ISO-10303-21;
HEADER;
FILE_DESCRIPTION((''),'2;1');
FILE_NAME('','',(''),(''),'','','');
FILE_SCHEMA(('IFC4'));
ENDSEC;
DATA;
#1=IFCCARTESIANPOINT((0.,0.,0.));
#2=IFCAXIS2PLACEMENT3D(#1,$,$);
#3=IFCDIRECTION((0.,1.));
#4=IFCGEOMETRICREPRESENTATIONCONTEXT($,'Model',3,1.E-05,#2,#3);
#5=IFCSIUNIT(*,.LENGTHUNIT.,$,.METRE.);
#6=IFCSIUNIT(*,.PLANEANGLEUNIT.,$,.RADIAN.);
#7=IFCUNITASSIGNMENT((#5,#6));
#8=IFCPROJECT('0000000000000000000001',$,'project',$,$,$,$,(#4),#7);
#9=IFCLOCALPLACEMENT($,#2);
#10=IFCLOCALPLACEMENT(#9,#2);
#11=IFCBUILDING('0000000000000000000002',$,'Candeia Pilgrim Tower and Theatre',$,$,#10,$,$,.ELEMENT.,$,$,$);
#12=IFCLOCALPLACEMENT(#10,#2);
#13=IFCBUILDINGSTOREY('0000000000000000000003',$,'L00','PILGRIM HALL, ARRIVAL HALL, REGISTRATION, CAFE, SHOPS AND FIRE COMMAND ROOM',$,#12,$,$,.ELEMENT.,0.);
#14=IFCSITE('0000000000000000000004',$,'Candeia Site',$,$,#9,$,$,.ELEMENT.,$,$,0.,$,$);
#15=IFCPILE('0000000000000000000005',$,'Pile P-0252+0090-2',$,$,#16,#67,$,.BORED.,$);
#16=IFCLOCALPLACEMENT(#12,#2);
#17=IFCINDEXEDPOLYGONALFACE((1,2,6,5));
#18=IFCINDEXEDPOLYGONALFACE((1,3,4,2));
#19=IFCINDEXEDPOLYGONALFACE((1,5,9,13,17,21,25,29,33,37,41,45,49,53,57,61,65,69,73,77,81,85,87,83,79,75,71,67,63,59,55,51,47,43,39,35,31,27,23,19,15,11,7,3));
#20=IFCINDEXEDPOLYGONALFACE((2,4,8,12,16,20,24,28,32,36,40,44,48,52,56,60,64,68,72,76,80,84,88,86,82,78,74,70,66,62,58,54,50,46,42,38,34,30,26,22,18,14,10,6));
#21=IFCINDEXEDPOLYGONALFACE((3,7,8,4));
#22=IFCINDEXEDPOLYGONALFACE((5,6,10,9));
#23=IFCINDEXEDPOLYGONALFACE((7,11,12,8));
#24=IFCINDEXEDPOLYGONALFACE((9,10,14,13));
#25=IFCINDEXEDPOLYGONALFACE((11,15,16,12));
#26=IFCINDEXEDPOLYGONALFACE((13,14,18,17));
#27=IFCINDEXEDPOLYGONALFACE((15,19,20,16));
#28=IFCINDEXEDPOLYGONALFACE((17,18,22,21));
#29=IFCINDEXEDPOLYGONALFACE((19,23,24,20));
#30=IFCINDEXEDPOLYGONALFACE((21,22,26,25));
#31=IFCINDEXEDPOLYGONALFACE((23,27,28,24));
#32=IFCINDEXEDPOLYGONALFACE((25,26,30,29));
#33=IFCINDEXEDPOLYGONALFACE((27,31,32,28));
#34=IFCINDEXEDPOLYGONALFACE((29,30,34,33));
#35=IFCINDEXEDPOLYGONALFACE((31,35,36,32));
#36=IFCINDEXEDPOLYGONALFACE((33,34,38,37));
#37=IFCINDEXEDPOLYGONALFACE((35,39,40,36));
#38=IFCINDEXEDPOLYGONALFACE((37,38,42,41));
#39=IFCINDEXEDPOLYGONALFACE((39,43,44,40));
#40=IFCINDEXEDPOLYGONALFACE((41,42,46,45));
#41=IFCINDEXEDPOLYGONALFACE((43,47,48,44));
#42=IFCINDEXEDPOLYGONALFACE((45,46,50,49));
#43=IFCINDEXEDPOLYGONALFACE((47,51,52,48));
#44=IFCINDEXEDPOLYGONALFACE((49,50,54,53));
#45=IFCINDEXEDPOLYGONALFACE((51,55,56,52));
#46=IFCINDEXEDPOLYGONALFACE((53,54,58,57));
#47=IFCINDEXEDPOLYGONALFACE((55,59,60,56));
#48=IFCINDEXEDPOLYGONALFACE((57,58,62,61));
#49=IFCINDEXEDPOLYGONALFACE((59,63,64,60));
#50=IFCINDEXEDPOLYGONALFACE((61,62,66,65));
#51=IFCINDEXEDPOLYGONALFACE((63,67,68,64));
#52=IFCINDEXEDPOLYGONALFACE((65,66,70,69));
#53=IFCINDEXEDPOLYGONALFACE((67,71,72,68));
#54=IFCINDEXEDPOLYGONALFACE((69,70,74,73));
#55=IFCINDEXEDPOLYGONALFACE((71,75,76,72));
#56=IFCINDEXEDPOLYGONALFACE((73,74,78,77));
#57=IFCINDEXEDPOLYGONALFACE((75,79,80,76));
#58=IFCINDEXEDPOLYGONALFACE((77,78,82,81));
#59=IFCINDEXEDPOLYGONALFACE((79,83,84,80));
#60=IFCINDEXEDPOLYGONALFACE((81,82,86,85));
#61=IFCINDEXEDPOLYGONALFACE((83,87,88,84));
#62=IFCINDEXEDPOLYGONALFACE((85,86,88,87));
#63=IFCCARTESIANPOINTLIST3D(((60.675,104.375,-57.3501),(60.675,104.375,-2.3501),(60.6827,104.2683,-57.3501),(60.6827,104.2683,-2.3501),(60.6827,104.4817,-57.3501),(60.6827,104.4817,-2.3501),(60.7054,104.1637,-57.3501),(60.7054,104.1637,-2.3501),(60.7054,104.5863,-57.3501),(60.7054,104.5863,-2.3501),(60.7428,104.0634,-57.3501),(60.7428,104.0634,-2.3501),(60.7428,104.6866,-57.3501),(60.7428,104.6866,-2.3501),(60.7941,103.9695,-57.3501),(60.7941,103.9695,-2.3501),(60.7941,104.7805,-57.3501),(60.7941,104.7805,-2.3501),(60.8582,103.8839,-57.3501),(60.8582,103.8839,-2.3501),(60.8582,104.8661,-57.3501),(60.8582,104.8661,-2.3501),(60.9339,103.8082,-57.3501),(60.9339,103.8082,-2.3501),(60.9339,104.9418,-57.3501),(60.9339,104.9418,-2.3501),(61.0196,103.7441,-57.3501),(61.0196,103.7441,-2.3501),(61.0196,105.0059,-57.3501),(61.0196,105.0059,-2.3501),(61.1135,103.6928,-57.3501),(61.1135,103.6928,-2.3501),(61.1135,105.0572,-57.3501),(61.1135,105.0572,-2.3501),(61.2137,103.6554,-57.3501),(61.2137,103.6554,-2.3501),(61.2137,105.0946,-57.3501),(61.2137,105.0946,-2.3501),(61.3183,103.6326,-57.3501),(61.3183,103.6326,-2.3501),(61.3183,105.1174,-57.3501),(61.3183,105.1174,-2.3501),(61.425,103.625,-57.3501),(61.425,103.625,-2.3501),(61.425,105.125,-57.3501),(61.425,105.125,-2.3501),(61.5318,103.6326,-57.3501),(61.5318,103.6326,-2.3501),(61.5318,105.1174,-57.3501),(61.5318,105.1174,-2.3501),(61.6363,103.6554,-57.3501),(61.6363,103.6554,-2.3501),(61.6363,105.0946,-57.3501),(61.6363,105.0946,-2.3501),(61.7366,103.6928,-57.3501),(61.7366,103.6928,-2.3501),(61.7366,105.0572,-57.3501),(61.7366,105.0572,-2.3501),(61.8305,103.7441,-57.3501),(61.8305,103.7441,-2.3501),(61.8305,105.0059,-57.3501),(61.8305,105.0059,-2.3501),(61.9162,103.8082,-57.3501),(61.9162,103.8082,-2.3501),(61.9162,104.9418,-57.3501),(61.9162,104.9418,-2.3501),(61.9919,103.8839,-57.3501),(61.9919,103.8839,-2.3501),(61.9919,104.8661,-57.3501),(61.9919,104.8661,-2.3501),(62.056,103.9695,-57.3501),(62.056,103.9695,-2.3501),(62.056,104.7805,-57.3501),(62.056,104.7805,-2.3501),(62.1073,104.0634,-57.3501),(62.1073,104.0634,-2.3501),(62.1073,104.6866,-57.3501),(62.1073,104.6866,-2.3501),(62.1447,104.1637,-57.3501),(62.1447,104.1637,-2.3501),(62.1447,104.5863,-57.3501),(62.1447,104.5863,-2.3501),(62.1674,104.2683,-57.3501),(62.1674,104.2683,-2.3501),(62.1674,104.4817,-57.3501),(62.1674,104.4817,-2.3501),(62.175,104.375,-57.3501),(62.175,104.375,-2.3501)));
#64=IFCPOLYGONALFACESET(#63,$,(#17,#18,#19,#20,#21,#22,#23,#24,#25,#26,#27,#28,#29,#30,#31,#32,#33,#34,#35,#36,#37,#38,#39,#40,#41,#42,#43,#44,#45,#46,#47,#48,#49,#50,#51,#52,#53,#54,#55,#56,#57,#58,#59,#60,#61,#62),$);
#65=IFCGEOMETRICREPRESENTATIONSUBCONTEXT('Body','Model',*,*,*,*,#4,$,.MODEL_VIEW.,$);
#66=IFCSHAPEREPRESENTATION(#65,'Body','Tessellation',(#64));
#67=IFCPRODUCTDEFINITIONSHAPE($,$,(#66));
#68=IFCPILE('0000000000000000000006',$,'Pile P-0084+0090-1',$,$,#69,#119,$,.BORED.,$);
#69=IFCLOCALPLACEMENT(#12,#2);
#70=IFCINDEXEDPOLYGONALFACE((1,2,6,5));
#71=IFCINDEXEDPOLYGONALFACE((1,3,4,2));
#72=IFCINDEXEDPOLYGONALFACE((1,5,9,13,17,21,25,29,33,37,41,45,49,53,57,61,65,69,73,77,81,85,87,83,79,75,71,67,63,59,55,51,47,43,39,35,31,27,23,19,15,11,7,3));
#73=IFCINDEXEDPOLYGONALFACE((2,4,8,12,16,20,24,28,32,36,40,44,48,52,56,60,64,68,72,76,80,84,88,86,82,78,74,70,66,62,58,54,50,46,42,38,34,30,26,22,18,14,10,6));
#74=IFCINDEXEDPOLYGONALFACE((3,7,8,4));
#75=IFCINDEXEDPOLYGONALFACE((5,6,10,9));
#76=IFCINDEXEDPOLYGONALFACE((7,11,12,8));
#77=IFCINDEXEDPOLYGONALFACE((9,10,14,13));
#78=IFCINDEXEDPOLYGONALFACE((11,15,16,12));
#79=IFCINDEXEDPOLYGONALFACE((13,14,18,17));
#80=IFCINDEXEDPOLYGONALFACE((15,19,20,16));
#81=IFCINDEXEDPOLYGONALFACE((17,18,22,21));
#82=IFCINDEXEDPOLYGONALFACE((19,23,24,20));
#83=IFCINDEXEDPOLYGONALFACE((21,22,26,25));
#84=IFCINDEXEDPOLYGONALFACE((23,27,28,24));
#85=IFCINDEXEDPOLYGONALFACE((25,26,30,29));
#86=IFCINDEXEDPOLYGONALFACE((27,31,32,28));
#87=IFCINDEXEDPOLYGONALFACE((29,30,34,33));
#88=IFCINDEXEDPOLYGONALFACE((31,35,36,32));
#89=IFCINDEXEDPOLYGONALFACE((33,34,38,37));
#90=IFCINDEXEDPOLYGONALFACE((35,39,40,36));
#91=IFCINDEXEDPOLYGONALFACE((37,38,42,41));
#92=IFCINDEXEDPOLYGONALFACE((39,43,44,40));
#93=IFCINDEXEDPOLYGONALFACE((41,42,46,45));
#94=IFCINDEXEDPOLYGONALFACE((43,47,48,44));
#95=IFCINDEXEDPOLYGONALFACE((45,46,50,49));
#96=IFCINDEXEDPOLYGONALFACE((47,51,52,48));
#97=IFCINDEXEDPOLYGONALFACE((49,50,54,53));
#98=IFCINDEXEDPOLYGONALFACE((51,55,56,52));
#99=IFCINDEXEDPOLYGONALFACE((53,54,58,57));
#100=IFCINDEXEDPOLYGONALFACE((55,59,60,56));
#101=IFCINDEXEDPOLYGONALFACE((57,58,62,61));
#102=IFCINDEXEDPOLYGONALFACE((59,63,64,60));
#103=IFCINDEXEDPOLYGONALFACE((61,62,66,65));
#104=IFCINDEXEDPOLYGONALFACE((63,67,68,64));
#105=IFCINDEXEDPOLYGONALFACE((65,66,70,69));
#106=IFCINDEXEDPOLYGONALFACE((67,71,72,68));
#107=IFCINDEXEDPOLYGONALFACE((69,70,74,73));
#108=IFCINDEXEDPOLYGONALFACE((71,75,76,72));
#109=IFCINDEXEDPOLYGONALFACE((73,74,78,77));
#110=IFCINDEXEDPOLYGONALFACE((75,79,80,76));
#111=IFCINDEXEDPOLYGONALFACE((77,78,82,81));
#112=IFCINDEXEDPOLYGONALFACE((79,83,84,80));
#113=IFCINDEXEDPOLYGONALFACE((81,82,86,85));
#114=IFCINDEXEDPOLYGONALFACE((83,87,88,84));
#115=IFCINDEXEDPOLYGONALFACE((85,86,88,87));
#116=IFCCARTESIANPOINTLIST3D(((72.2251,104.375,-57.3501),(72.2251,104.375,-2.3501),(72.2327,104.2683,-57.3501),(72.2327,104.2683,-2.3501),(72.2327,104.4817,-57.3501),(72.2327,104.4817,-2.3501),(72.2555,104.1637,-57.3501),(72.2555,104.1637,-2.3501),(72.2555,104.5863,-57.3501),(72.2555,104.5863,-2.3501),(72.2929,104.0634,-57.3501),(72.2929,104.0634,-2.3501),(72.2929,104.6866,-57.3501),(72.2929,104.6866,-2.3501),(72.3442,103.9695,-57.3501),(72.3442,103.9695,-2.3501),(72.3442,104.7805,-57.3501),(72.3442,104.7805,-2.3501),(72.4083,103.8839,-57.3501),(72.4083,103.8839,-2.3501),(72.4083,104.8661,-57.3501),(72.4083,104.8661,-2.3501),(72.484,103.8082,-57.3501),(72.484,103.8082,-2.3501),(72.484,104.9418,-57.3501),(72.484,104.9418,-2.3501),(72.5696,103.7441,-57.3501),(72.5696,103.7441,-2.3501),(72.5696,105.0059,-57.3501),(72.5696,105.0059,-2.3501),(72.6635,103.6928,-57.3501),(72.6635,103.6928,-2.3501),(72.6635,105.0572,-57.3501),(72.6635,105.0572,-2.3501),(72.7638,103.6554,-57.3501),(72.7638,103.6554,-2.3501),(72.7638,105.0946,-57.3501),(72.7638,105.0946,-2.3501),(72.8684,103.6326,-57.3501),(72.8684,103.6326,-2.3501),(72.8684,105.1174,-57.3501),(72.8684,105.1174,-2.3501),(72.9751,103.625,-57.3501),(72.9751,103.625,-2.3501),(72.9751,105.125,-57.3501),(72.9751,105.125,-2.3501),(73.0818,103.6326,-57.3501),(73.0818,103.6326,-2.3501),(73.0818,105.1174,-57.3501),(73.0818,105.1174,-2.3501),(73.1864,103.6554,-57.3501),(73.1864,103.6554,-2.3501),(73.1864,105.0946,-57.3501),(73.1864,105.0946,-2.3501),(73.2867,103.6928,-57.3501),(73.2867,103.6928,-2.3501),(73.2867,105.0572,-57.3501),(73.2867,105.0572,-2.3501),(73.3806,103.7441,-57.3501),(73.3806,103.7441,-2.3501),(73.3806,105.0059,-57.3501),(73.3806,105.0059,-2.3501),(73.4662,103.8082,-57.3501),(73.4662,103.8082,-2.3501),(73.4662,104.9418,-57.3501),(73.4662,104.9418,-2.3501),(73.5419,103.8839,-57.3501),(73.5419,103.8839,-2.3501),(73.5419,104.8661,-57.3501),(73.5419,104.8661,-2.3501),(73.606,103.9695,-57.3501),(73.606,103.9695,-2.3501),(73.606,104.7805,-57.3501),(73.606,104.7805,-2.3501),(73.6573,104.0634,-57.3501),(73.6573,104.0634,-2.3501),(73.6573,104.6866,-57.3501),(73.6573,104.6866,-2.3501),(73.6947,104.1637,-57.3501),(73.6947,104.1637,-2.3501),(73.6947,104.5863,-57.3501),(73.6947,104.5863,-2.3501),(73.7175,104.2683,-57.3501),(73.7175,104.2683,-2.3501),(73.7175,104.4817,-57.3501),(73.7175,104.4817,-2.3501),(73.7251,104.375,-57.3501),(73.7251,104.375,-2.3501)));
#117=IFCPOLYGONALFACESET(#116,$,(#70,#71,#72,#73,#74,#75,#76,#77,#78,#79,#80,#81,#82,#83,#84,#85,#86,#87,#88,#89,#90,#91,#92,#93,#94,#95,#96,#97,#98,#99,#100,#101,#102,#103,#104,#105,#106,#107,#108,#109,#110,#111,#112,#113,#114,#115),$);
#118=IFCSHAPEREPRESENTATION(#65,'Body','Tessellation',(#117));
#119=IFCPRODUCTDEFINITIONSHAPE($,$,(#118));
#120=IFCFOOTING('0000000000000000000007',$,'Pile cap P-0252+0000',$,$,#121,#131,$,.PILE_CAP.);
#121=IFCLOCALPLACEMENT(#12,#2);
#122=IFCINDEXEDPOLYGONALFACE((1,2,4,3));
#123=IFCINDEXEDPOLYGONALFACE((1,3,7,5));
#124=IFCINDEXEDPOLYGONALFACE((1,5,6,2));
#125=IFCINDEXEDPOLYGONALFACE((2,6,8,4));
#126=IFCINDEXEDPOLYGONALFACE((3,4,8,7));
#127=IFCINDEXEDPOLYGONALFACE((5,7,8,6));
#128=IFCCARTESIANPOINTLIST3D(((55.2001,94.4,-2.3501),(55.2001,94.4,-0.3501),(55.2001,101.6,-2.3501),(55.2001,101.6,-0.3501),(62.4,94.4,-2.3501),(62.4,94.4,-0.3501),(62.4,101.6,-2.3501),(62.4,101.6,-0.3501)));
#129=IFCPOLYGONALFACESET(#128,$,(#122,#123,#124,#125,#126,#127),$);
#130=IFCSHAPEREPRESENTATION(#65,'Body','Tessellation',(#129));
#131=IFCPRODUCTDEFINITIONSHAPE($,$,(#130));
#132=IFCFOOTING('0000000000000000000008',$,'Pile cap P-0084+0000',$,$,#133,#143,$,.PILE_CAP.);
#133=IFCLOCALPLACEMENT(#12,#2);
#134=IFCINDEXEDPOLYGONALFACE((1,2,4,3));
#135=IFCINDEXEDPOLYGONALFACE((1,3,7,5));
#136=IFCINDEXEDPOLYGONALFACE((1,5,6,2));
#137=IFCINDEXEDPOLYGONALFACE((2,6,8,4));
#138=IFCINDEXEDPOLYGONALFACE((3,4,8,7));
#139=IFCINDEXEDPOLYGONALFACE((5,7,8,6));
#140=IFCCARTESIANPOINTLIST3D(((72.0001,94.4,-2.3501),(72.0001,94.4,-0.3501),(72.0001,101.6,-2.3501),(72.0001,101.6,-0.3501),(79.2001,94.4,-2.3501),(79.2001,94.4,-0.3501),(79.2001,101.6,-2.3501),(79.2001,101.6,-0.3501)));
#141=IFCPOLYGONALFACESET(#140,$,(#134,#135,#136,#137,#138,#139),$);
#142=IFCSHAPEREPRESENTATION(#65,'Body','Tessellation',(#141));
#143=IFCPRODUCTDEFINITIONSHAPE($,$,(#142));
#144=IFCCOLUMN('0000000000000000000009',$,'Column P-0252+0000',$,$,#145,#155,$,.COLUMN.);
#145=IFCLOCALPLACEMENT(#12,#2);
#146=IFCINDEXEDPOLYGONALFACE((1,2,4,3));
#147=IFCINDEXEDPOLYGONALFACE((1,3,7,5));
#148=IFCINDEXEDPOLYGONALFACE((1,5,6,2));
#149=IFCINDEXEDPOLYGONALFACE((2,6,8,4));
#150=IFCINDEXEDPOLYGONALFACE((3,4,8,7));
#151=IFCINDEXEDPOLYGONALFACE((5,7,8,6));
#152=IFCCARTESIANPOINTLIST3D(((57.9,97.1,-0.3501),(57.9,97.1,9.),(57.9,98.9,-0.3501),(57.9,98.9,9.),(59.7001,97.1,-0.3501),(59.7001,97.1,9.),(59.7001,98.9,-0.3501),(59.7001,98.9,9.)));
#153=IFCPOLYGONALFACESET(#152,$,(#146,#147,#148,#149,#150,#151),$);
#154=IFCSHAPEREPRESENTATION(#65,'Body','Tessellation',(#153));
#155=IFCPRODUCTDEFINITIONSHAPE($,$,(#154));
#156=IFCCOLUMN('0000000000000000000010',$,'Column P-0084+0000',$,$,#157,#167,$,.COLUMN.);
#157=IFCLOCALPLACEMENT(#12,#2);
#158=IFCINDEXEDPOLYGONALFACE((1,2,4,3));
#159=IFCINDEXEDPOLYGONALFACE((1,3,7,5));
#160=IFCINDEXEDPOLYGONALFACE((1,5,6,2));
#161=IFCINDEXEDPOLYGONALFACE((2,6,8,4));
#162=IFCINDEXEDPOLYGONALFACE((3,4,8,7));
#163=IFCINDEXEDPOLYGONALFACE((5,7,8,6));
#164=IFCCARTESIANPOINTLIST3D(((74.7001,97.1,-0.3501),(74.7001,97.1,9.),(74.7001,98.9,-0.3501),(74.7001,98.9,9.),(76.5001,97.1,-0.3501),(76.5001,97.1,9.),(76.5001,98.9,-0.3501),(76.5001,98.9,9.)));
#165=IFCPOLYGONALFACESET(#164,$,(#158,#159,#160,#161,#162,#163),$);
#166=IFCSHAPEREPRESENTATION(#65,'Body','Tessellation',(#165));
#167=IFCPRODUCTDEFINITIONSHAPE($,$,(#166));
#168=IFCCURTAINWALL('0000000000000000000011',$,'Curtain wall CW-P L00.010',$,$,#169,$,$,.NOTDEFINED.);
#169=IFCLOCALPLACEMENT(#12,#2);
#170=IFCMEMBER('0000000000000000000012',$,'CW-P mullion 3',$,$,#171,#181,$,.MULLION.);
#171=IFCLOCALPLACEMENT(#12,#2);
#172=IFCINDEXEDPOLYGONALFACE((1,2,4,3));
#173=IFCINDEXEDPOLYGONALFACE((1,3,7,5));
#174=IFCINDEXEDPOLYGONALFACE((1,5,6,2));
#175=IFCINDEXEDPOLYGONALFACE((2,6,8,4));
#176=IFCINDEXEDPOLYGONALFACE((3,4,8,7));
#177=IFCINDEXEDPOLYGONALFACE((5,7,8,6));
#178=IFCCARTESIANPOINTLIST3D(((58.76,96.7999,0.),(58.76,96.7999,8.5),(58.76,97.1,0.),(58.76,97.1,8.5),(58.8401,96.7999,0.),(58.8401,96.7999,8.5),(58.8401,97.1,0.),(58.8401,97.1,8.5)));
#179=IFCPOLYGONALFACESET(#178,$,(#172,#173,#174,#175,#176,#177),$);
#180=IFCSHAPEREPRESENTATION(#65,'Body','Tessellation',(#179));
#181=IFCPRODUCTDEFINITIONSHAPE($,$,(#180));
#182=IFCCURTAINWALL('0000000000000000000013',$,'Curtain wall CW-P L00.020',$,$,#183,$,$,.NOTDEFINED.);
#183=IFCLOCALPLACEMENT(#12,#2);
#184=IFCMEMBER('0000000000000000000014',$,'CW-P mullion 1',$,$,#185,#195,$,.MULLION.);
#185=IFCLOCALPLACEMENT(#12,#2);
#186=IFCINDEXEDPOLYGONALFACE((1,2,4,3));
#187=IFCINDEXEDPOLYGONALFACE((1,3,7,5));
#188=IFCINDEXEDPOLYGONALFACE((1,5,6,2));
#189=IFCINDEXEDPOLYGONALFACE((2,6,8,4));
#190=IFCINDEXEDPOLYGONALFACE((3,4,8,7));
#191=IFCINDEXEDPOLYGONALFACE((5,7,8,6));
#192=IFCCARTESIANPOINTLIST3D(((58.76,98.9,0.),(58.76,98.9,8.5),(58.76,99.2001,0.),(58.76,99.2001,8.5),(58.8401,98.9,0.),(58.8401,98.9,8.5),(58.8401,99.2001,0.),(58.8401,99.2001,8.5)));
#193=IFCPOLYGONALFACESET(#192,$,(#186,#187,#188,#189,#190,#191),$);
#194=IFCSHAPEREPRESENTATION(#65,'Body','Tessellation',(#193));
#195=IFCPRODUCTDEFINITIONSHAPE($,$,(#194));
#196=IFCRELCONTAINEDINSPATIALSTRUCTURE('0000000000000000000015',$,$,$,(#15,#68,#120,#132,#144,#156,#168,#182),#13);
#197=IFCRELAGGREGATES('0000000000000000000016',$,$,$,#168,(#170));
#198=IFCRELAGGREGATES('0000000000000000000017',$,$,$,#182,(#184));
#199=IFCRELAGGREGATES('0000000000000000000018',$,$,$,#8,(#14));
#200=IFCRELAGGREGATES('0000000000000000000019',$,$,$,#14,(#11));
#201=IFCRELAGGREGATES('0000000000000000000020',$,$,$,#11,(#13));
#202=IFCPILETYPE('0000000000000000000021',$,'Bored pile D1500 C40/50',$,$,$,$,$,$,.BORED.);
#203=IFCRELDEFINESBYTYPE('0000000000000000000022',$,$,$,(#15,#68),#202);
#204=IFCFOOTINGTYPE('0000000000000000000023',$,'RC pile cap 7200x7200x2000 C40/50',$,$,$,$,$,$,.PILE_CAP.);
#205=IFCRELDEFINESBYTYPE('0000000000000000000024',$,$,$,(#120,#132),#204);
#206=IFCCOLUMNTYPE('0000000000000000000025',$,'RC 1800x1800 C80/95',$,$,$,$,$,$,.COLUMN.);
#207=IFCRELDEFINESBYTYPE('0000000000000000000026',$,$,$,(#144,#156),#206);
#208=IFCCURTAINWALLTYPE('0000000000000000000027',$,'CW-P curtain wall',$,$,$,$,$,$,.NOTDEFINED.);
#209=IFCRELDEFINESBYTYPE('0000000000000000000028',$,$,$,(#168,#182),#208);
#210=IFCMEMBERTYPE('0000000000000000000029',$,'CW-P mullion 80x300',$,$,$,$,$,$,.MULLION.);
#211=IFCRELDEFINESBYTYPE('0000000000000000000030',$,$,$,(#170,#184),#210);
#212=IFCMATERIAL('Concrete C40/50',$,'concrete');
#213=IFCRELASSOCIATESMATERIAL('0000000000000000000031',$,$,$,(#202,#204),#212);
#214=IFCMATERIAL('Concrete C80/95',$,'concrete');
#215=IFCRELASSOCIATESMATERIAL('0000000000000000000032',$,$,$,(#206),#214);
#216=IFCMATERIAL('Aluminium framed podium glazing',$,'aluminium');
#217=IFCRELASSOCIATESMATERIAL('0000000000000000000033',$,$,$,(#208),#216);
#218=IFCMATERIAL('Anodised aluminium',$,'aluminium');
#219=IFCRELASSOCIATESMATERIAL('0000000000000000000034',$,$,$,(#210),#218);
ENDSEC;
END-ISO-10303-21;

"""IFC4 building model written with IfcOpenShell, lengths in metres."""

from ifc_helpers import new_model, si_unit, direction, frame, origin, origin_2d, place, context, subcontext, project, spatial, rectangle, circle, extrude, material, material_profile, profile_set, type_object, element, aggregate, save


model = new_model("IFC4")

# Units and contexts
model_context = context("Model", 3, precision=1e-05, world=origin(), true_north=direction((0.0, 1.0)))
body_context = subcontext(model_context, "Body", "Model", "MODEL_VIEW")
ifc_project = project(units=[si_unit("LENGTHUNIT", "METRE"), si_unit("PLANEANGLEUNIT", "RADIAN")], contexts=[model_context])

# Site, building, storey
site_placement = place(None, origin())
site = spatial("IfcSite", under=ifc_project, at=site_placement, Name="Candeia Site", CompositionType="ELEMENT", RefElevation=0.0)
building_placement = place(site_placement, origin())
building = spatial("IfcBuilding", under=site, at=building_placement, Name="Candeia Pilgrim Tower and Theatre", CompositionType="ELEMENT")
storey_placement = place(building_placement, origin())
storey = spatial("IfcBuildingStorey", under=building, at=storey_placement, Name="L00", Description="PILGRIM HALL, ARRIVAL HALL, REGISTRATION, CAFE, SHOPS AND FIRE COMMAND ROOM", CompositionType="ELEMENT", Elevation=0.0)

# Piles
ifc_material_1 = material(Name="Concrete C40/50", Category="concrete")
ifc_material_profile_1 = material_profile(ifc_material_1, circle(Radius=0.75, at=origin_2d()))
ifc_profile_set_1 = profile_set([ifc_material_profile_1], Name="Concrete C40/50")
pile_type = type_object("IfcPileType", Name="Bored pile D1500 C40/50", PredefinedType="BORED", material=ifc_profile_set_1)
for number, where, z_axis, x_axis, name in (
    (1, (61.425, 104.375, -2.3501), (0.0, 0.0, -1.0), (1.0, 0.0, 0.0), "Pile P-0252+0090-2"),
    (2, (72.9751, 104.375, -2.3501), (0.0, 0.0, -1.0), (1.0, 0.0, 0.0), "Pile P-0084+0090-1"),
):
    element("IfcPile", number, at=place(storey_placement, frame(where, z_axis=z_axis, x_axis=x_axis)), inside=storey, type_object=pile_type, Name=name, PredefinedType="BORED", context=body_context, shape_type="SweptSolid", body=[
        extrude(circle(Radius=0.75, at=origin_2d()), origin(), (0.0, 0.0, 1.0), 55.0),
    ])

# Footings
footing_type = type_object("IfcFootingType", Name="RC pile cap 7200x7200x2000 C40/50", PredefinedType="PILE_CAP", material=ifc_material_1)
for number, where, z_axis, x_axis, name in (
    (3, (58.8, 98.0, -2.3501), (0.0, 0.0, 1.0), (1.0, 0.0, 0.0), "Pile cap P-0252+0000"),
    (4, (75.6001, 98.0, -2.3501), (0.0, 0.0, 1.0), (1.0, 0.0, 0.0), "Pile cap P-0084+0000"),
):
    element("IfcFooting", number, at=place(storey_placement, frame(where, z_axis=z_axis, x_axis=x_axis)), inside=storey, type_object=footing_type, Name=name, PredefinedType="PILE_CAP", context=body_context, shape_type="SweptSolid", body=[
        extrude(rectangle(XDim=7.2, YDim=7.2, at=origin_2d()), origin(), (0.0, 0.0, 1.0), 2.0),
    ])

# Columns
ifc_material_2 = material(Name="Concrete C80/95", Category="concrete")
ifc_material_profile_2 = material_profile(ifc_material_2, rectangle(XDim=1.8, YDim=1.8, at=origin_2d()))
ifc_profile_set_2 = profile_set([ifc_material_profile_2], Name="Concrete C80/95")
column_type = type_object("IfcColumnType", Name="RC 1800x1800 C80/95", PredefinedType="COLUMN", material=ifc_profile_set_2)
for number, where, z_axis, x_axis, name in (
    (5, (58.8, 98.0, -0.3501), (0.0, 0.0, 1.0), (1.0, 0.0, 0.0), "Column P-0252+0000"),
    (6, (75.6001, 98.0, -0.3501), (0.0, 0.0, 1.0), (1.0, 0.0, 0.0), "Column P-0084+0000"),
):
    element("IfcColumn", number, at=place(storey_placement, frame(where, z_axis=z_axis, x_axis=x_axis)), inside=storey, type_object=column_type, Name=name, PredefinedType="COLUMN", context=body_context, shape_type="SweptSolid", body=[
        extrude(rectangle(XDim=1.8, YDim=1.8, at=origin_2d()), origin(), (0.0, 0.0, 1.0), 9.3501),
    ])

# Curtain walls, members
ifc_material_3 = material(Name="Aluminium framed podium glazing", Category="aluminium")
curtain_wall_type = type_object("IfcCurtainWallType", Name="CW-P curtain wall", PredefinedType="NOTDEFINED", material=ifc_material_3)
curtain_wall_1_placement = place(storey_placement, origin())
curtain_wall_1 = element("IfcCurtainWall", 7, at=curtain_wall_1_placement, inside=storey, type_object=curtain_wall_type, Name="Curtain wall CW-P L00.010", PredefinedType="NOTDEFINED")
ifc_material_4 = material(Name="Anodised aluminium", Category="aluminium")
ifc_material_profile_3 = material_profile(ifc_material_4, rectangle(XDim=0.0801, YDim=0.3, at=origin_2d()))
ifc_profile_set_3 = profile_set([ifc_material_profile_3], Name="Anodised aluminium")
member_type_1 = type_object("IfcMemberType", Name="CW-P mullion 80x300", PredefinedType="MULLION", material=ifc_profile_set_3)
member_1_placement = place(storey_placement, frame((58.8, 96.95, 0.0), z_axis=(0.0, 0.0, 1.0), x_axis=(-1.0, 0.0, 0.0)))
member_1 = element("IfcMember", 8, at=member_1_placement, type_object=member_type_1, Name="CW-P mullion 3", PredefinedType="MULLION", context=body_context, shape_type="SweptSolid", body=[
    extrude(rectangle(XDim=0.0801, YDim=0.3, at=origin_2d()), origin(), (0.0, 0.0, 1.0), 8.5),
])
curtain_wall_2_placement = place(storey_placement, origin())
curtain_wall_2 = element("IfcCurtainWall", 9, at=curtain_wall_2_placement, inside=storey, type_object=curtain_wall_type, Name="Curtain wall CW-P L00.020", PredefinedType="NOTDEFINED")
member_2_placement = place(storey_placement, frame((58.8, 99.05, 0.0), z_axis=(0.0, 0.0, 1.0), x_axis=(-1.0, 0.0, 0.0)))
member_2 = element("IfcMember", 10, at=member_2_placement, type_object=member_type_1, Name="CW-P mullion 1", PredefinedType="MULLION", context=body_context, shape_type="SweptSolid", body=[
    extrude(rectangle(XDim=0.0801, YDim=0.3, at=origin_2d()), origin(), (0.0, 0.0, 1.0), 8.5),
])

aggregate(curtain_wall_1, [member_1])
aggregate(curtain_wall_2, [member_2])

save(model, "model.ifc")
